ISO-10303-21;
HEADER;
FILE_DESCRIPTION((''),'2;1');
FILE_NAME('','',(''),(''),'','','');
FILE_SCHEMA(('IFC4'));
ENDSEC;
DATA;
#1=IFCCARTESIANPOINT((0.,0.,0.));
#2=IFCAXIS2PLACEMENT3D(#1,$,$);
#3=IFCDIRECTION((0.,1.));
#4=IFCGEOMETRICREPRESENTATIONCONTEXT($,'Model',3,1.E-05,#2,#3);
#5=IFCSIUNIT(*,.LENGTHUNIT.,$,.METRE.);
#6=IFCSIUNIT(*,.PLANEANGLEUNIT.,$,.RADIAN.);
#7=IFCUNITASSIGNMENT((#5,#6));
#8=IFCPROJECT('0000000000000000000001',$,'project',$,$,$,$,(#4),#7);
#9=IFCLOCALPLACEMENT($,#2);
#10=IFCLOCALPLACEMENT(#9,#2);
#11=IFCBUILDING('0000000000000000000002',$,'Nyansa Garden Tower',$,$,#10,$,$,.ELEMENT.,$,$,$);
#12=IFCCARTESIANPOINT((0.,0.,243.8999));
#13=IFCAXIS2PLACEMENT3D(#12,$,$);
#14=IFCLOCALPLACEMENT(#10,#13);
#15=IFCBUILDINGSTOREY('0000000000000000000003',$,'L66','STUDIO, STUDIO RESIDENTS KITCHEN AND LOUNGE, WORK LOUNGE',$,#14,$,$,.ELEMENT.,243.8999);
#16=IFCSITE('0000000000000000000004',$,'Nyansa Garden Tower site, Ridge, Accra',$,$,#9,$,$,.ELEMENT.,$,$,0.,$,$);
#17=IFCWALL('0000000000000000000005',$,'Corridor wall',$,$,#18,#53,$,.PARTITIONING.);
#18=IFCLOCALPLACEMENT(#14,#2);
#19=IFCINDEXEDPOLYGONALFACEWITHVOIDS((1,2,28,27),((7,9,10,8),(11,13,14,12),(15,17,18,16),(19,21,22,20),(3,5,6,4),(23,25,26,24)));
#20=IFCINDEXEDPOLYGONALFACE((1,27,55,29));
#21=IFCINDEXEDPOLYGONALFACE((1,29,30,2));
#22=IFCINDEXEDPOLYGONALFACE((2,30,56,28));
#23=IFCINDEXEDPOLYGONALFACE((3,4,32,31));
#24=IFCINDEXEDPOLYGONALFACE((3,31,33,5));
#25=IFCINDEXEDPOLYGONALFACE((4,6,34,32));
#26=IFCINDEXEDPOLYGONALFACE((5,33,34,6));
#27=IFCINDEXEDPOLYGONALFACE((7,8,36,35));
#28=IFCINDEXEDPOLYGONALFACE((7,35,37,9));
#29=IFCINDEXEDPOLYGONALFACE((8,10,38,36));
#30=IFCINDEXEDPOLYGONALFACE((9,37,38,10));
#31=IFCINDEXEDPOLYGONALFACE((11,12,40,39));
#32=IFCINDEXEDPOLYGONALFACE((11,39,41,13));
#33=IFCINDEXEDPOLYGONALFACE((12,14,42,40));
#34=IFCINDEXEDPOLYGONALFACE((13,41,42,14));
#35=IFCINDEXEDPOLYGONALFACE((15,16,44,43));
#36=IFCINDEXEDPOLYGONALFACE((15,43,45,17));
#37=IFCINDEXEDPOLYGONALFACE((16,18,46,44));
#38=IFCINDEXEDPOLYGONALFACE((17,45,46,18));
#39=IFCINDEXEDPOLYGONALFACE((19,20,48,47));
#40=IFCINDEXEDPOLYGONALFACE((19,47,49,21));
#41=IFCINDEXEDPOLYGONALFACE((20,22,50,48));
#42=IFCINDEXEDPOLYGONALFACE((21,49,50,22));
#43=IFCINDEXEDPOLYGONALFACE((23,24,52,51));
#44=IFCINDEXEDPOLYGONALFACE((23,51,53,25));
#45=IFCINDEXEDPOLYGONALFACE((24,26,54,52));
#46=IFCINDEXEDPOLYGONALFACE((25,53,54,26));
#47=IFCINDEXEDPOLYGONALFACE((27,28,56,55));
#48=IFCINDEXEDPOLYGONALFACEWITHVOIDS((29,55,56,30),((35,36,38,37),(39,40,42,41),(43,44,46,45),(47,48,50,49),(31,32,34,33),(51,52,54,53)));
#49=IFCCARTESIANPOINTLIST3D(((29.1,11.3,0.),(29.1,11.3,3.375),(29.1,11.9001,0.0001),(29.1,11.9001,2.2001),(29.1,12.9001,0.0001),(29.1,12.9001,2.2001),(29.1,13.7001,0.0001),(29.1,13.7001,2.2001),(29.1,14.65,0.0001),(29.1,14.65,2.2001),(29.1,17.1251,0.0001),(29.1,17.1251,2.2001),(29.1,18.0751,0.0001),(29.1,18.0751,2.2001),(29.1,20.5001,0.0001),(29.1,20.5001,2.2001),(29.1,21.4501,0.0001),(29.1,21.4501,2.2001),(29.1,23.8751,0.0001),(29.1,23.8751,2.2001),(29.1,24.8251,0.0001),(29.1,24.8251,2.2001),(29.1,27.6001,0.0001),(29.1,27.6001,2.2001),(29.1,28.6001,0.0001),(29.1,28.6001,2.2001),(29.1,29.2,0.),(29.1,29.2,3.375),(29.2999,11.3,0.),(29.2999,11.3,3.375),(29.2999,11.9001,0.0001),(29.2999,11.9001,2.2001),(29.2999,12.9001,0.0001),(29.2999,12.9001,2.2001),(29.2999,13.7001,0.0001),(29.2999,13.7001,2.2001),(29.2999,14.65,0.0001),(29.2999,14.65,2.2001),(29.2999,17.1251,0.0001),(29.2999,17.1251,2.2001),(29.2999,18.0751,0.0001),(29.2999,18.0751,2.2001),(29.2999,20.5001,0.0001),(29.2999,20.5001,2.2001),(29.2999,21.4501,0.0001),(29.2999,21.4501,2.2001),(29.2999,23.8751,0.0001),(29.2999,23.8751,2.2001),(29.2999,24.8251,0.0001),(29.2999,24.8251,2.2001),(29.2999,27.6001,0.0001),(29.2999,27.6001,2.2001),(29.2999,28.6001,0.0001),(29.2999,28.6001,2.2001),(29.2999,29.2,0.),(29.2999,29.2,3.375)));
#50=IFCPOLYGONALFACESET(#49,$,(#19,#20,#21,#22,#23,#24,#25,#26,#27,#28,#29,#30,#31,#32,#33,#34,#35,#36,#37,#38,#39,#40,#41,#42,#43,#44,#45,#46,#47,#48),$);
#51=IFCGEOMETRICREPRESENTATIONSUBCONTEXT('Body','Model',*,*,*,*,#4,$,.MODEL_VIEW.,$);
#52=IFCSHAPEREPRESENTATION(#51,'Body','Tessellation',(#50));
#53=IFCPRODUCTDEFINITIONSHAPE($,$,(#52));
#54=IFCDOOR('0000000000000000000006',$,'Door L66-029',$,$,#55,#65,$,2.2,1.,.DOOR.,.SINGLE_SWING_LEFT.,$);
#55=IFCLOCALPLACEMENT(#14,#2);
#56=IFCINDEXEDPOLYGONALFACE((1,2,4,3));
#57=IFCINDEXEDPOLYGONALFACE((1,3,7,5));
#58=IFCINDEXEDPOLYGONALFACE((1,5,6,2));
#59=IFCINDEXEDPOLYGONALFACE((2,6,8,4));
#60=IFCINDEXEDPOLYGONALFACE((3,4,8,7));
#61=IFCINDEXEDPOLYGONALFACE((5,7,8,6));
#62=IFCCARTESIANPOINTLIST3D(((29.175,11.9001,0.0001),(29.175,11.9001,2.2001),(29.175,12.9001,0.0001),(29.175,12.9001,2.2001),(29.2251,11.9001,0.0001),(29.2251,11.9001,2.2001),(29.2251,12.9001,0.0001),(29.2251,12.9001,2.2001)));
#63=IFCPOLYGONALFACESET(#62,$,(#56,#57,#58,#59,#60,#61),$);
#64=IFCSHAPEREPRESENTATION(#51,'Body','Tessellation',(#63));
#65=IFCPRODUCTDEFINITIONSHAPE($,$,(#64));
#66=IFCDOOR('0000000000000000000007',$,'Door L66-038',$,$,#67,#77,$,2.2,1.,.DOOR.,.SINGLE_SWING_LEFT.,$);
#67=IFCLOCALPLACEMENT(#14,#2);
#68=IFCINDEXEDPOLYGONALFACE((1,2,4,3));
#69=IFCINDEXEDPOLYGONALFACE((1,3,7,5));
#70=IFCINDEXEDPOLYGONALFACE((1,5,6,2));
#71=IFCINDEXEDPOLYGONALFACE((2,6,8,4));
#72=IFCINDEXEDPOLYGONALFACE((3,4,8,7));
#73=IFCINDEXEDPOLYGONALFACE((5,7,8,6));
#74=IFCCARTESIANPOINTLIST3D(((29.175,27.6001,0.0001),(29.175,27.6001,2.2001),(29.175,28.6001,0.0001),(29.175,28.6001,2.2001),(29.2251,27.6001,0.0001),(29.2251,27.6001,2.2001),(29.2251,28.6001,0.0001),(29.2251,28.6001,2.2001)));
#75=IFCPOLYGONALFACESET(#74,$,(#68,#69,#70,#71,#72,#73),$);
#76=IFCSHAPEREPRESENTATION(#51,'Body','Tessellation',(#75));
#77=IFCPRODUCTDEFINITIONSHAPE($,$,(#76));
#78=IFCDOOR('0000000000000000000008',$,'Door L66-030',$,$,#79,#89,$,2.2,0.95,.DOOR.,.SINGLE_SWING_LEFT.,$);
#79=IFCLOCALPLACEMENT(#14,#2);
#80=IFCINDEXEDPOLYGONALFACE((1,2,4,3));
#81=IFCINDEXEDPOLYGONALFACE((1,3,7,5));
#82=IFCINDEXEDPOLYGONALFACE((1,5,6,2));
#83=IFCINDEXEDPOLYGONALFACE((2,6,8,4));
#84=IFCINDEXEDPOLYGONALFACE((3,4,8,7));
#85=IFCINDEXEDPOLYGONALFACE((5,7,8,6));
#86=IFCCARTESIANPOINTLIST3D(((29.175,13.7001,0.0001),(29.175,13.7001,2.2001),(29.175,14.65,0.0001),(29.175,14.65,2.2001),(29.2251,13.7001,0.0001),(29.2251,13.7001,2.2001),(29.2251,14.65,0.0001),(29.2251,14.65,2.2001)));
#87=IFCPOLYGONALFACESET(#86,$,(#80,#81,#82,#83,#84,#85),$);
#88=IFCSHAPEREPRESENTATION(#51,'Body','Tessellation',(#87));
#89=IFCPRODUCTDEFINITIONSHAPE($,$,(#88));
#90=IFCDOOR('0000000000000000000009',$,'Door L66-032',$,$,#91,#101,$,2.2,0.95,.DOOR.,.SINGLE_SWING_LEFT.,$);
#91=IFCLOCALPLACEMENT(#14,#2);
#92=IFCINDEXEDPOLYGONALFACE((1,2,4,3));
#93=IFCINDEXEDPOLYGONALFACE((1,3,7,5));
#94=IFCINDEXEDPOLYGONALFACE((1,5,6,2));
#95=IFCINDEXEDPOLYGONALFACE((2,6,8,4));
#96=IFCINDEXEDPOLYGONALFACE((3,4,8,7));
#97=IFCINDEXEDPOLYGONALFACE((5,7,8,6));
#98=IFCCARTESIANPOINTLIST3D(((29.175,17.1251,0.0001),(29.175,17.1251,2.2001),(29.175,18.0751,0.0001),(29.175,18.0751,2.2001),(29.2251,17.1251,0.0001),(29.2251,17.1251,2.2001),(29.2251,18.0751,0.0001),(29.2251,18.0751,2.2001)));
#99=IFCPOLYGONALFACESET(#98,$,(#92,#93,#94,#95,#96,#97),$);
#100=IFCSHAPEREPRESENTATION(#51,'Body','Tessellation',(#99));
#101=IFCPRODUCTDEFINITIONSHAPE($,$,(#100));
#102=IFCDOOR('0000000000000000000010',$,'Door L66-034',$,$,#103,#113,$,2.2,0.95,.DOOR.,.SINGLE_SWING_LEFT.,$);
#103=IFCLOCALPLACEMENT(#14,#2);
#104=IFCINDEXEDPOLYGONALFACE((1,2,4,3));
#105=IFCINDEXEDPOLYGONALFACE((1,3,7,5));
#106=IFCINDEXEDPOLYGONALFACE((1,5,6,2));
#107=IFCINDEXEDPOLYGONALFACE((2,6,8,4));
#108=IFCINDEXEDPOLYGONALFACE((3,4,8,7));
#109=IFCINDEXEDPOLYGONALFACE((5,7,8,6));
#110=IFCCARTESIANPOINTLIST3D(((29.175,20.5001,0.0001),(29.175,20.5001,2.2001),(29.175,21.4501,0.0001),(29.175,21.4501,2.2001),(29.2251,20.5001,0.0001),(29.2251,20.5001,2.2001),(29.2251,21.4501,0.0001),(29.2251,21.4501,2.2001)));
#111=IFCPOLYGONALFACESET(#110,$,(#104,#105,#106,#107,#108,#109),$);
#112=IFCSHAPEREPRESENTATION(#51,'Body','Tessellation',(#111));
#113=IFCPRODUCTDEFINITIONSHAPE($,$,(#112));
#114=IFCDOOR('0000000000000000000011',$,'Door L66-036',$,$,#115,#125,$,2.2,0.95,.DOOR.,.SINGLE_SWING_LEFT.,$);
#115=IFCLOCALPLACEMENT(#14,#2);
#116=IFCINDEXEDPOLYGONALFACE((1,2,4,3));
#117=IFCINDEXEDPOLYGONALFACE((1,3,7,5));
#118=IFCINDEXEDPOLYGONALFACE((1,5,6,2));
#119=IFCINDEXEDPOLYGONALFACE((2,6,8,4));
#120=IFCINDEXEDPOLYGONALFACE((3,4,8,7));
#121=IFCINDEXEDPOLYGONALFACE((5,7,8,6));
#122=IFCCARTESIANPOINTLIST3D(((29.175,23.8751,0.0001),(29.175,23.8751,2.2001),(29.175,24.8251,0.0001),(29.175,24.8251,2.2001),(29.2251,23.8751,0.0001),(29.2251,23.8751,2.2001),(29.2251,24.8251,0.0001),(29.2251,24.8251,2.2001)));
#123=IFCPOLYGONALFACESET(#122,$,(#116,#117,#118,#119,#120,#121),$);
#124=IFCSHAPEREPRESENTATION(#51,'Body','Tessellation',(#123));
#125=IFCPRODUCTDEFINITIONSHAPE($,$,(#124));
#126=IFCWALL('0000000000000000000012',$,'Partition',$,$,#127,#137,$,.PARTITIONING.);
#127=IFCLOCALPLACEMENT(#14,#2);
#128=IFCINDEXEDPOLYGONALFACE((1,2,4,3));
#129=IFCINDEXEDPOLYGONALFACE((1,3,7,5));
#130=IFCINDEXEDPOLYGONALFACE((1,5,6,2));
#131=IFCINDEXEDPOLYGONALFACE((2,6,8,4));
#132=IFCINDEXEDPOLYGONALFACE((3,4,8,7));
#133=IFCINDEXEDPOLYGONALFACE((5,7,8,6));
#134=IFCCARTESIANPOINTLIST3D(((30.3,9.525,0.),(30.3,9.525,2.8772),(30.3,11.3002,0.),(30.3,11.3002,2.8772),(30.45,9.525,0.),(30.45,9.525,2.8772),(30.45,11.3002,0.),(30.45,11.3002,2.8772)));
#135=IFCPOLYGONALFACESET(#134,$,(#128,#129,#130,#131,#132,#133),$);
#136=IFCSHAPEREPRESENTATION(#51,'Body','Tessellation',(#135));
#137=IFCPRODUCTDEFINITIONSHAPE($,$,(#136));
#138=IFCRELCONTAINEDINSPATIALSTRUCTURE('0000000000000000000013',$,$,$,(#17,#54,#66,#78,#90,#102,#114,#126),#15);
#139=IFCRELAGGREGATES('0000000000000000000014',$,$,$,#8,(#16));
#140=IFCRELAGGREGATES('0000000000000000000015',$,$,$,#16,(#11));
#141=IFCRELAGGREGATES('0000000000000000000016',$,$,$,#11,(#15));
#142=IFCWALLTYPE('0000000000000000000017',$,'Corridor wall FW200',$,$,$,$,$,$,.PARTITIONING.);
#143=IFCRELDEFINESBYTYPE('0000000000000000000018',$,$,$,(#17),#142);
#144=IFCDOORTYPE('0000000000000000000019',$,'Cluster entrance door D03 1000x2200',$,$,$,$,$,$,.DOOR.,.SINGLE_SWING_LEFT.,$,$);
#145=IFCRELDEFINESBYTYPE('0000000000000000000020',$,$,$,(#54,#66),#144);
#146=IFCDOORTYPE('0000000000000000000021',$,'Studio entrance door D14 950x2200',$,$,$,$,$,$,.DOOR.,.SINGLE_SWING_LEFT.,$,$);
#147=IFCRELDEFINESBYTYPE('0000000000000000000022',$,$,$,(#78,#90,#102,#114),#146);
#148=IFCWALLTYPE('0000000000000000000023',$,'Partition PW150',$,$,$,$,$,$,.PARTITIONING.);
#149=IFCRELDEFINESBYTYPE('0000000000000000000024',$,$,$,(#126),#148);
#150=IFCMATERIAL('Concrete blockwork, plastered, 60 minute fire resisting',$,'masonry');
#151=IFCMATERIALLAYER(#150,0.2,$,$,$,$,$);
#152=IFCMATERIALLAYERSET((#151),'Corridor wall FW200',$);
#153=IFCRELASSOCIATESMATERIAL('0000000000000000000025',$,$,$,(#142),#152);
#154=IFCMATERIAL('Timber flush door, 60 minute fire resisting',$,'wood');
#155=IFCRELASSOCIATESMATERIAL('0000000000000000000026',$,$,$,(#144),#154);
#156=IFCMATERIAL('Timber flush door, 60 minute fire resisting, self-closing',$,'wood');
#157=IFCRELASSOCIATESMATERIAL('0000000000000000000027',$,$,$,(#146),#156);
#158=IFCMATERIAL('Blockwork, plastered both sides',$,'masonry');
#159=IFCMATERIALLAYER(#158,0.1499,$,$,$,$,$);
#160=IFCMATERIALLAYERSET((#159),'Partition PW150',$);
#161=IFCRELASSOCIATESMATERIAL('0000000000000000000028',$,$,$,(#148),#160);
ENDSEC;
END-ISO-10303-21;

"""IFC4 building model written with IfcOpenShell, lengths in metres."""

from ifc_helpers import new_model, si_unit, direction, frame, frame_2d, origin, place, context, subcontext, project, spatial, rectangle, extrude, material, layer, layer_set, type_object, element, fill, save


model = new_model("IFC4")

# Units and contexts
model_context = context("Model", 3, precision=1e-05, world=origin(), true_north=direction((0.0, 1.0)))
body_context = subcontext(model_context, "Body", "Model", "MODEL_VIEW")
ifc_project = project(units=[si_unit("LENGTHUNIT", "METRE"), si_unit("PLANEANGLEUNIT", "RADIAN")], contexts=[model_context])

# Site, building, storey
site_placement = place(None, origin())
site = spatial("IfcSite", under=ifc_project, at=site_placement, Name="Nyansa Garden Tower site, Ridge, Accra", CompositionType="ELEMENT", RefElevation=0.0)
building_placement = place(site_placement, origin())
building = spatial("IfcBuilding", under=site, at=building_placement, Name="Nyansa Garden Tower", CompositionType="ELEMENT")
storey_placement = place(building_placement, frame((0.0, 0.0, 243.8999)))
storey = spatial("IfcBuildingStorey", under=building, at=storey_placement, Name="L66", Description="STUDIO, STUDIO RESIDENTS KITCHEN AND LOUNGE, WORK LOUNGE", CompositionType="ELEMENT", Elevation=243.8999)

# Wall, openings, doors
ifc_material_1 = material(Name="Concrete blockwork, plastered, 60 minute fire resisting", Category="masonry")
ifc_layer_1 = layer(ifc_material_1, 0.2)
ifc_layer_set_1 = layer_set([ifc_layer_1], Name="Corridor wall FW200")
wall_type_1 = type_object("IfcWallType", Name="Corridor wall FW200", PredefinedType="PARTITIONING", material=ifc_layer_set_1)
wall_1_placement = place(storey_placement, frame((29.2, 11.3, 0.0), z_axis=(0.0, 0.0, 1.0), x_axis=(0.0, 1.0, 0.0)))
wall_1 = element("IfcWall", 1, at=wall_1_placement, inside=storey, type_object=wall_type_1, Name="Corridor wall", PredefinedType="PARTITIONING", context=body_context, shape_type="SweptSolid", body=[
    extrude(rectangle(XDim=17.8999, YDim=0.2, at=frame_2d((8.95, 0.0))), origin(), (0.0, 0.0, 1.0), 3.375),
])
opening_1_placement = place(wall_1_placement, frame((0.6001, 0.0, 0.0)))
opening_1 = element("IfcOpeningElement", 2, at=opening_1_placement, cuts=wall_1, PredefinedType="OPENING", context=body_context, shape_type="SweptSolid", body=[
    extrude(rectangle(XDim=1.0, YDim=2.2, at=frame_2d((0.5, 1.1001))), frame((0.0, 0.1099, 0.0), z_axis=(0.0, -1.0, 0.0), x_axis=(1.0, 0.0, 0.0)), (0.0, 0.0, 1.0), 0.22),
])
opening_2_placement = place(wall_1_placement, frame((2.3999, 0.0, 0.0)))
opening_2 = element("IfcOpeningElement", 3, at=opening_2_placement, cuts=wall_1, PredefinedType="OPENING", context=body_context, shape_type="SweptSolid", body=[
    extrude(rectangle(XDim=0.95, YDim=2.2, at=frame_2d((0.4751, 1.1001))), frame((0.0, 0.1099, 0.0), z_axis=(0.0, -1.0, 0.0), x_axis=(1.0, 0.0, 0.0)), (0.0, 0.0, 1.0), 0.22),
])
opening_3_placement = place(wall_1_placement, frame((5.825, 0.0, 0.0)))
opening_3 = element("IfcOpeningElement", 4, at=opening_3_placement, cuts=wall_1, PredefinedType="OPENING", context=body_context, shape_type="SweptSolid", body=[
    extrude(rectangle(XDim=0.95, YDim=2.2, at=frame_2d((0.4751, 1.1001))), frame((0.0, 0.1099, 0.0), z_axis=(0.0, -1.0, 0.0), x_axis=(1.0, 0.0, 0.0)), (0.0, 0.0, 1.0), 0.22),
])
opening_4_placement = place(wall_1_placement, frame((9.2, 0.0, 0.0)))
opening_4 = element("IfcOpeningElement", 5, at=opening_4_placement, cuts=wall_1, PredefinedType="OPENING", context=body_context, shape_type="SweptSolid", body=[
    extrude(rectangle(XDim=0.95, YDim=2.2, at=frame_2d((0.4751, 1.1001))), frame((0.0, 0.1099, 0.0), z_axis=(0.0, -1.0, 0.0), x_axis=(1.0, 0.0, 0.0)), (0.0, 0.0, 1.0), 0.22),
])
opening_5_placement = place(wall_1_placement, frame((12.575, 0.0, 0.0)))
opening_5 = element("IfcOpeningElement", 6, at=opening_5_placement, cuts=wall_1, PredefinedType="OPENING", context=body_context, shape_type="SweptSolid", body=[
    extrude(rectangle(XDim=0.95, YDim=2.2, at=frame_2d((0.4751, 1.1001))), frame((0.0, 0.1099, 0.0), z_axis=(0.0, -1.0, 0.0), x_axis=(1.0, 0.0, 0.0)), (0.0, 0.0, 1.0), 0.22),
])
opening_6_placement = place(wall_1_placement, frame((16.3, 0.0, 0.0)))
opening_6 = element("IfcOpeningElement", 7, at=opening_6_placement, cuts=wall_1, PredefinedType="OPENING", context=body_context, shape_type="SweptSolid", body=[
    extrude(rectangle(XDim=1.0, YDim=2.2, at=frame_2d((0.5, 1.1001))), frame((0.0, 0.1099, 0.0), z_axis=(0.0, -1.0, 0.0), x_axis=(1.0, 0.0, 0.0)), (0.0, 0.0, 1.0), 0.22),
])
ifc_material_2 = material(Name="Timber flush door, 60 minute fire resisting", Category="wood")
door_type_1 = type_object("IfcDoorType", Name="Cluster entrance door D03 1000x2200", OperationType="SINGLE_SWING_LEFT", PredefinedType="DOOR", material=ifc_material_2)
door_1_placement = place(opening_1_placement, origin())
door_1 = element("IfcDoor", 8, at=door_1_placement, inside=storey, type_object=door_type_1, Name="Door L66-029", OperationType="SINGLE_SWING_LEFT", OverallHeight=2.2, OverallWidth=1.0, PredefinedType="DOOR", context=body_context, shape_type="SweptSolid", body=[
    extrude(rectangle(XDim=1.0, YDim=2.2, at=frame_2d((0.5, 1.1001))), frame((0.0, 0.0249, 0.0), z_axis=(0.0, -1.0, 0.0), x_axis=(1.0, 0.0, 0.0)), (0.0, 0.0, 1.0), 0.05),
])
fill(opening_1, door_1)
door_2_placement = place(opening_6_placement, origin())
door_2 = element("IfcDoor", 9, at=door_2_placement, inside=storey, type_object=door_type_1, Name="Door L66-038", OperationType="SINGLE_SWING_LEFT", OverallHeight=2.2, OverallWidth=1.0, PredefinedType="DOOR", context=body_context, shape_type="SweptSolid", body=[
    extrude(rectangle(XDim=1.0, YDim=2.2, at=frame_2d((0.5, 1.1001))), frame((0.0, 0.0249, 0.0), z_axis=(0.0, -1.0, 0.0), x_axis=(1.0, 0.0, 0.0)), (0.0, 0.0, 1.0), 0.05),
])
fill(opening_6, door_2)
ifc_material_3 = material(Name="Timber flush door, 60 minute fire resisting, self-closing", Category="wood")
door_type_2 = type_object("IfcDoorType", Name="Studio entrance door D14 950x2200", OperationType="SINGLE_SWING_LEFT", PredefinedType="DOOR", material=ifc_material_3)
door_3_placement = place(opening_2_placement, origin())
door_3 = element("IfcDoor", 10, at=door_3_placement, inside=storey, type_object=door_type_2, Name="Door L66-030", OperationType="SINGLE_SWING_LEFT", OverallHeight=2.2, OverallWidth=0.95, PredefinedType="DOOR", context=body_context, shape_type="SweptSolid", body=[
    extrude(rectangle(XDim=0.95, YDim=2.2, at=frame_2d((0.4751, 1.1001))), frame((0.0, 0.0249, 0.0), z_axis=(0.0, -1.0, 0.0), x_axis=(1.0, 0.0, 0.0)), (0.0, 0.0, 1.0), 0.05),
])
fill(opening_2, door_3)
door_4_placement = place(opening_3_placement, origin())
door_4 = element("IfcDoor", 11, at=door_4_placement, inside=storey, type_object=door_type_2, Name="Door L66-032", OperationType="SINGLE_SWING_LEFT", OverallHeight=2.2, OverallWidth=0.95, PredefinedType="DOOR", context=body_context, shape_type="SweptSolid", body=[
    extrude(rectangle(XDim=0.95, YDim=2.2, at=frame_2d((0.4751, 1.1001))), frame((0.0, 0.0249, 0.0), z_axis=(0.0, -1.0, 0.0), x_axis=(1.0, 0.0, 0.0)), (0.0, 0.0, 1.0), 0.05),
])
fill(opening_3, door_4)
door_5_placement = place(opening_4_placement, origin())
door_5 = element("IfcDoor", 12, at=door_5_placement, inside=storey, type_object=door_type_2, Name="Door L66-034", OperationType="SINGLE_SWING_LEFT", OverallHeight=2.2, OverallWidth=0.95, PredefinedType="DOOR", context=body_context, shape_type="SweptSolid", body=[
    extrude(rectangle(XDim=0.95, YDim=2.2, at=frame_2d((0.4751, 1.1001))), frame((0.0, 0.0249, 0.0), z_axis=(0.0, -1.0, 0.0), x_axis=(1.0, 0.0, 0.0)), (0.0, 0.0, 1.0), 0.05),
])
fill(opening_4, door_5)
door_6_placement = place(opening_5_placement, origin())
door_6 = element("IfcDoor", 13, at=door_6_placement, inside=storey, type_object=door_type_2, Name="Door L66-036", OperationType="SINGLE_SWING_LEFT", OverallHeight=2.2, OverallWidth=0.95, PredefinedType="DOOR", context=body_context, shape_type="SweptSolid", body=[
    extrude(rectangle(XDim=0.95, YDim=2.2, at=frame_2d((0.4751, 1.1001))), frame((0.0, 0.0249, 0.0), z_axis=(0.0, -1.0, 0.0), x_axis=(1.0, 0.0, 0.0)), (0.0, 0.0, 1.0), 0.05),
])
fill(opening_5, door_6)

# Wall
ifc_material_4 = material(Name="Blockwork, plastered both sides", Category="masonry")
ifc_layer_2 = layer(ifc_material_4, 0.1499)
ifc_layer_set_2 = layer_set([ifc_layer_2], Name="Partition PW150")
wall_type_2 = type_object("IfcWallType", Name="Partition PW150", PredefinedType="PARTITIONING", material=ifc_layer_set_2)
wall_2_placement = place(storey_placement, frame((30.375, 9.5249, 0.0), z_axis=(0.0, 0.0, 1.0), x_axis=(0.0, 1.0, 0.0)))
element("IfcWall", 14, at=wall_2_placement, inside=storey, type_object=wall_type_2, Name="Partition", PredefinedType="PARTITIONING", context=body_context, shape_type="SweptSolid", body=[
    extrude(rectangle(XDim=1.7751, YDim=0.1499, at=frame_2d((0.8877, 0.0))), origin(), (0.0, 0.0, 1.0), 2.8772),
])

save(model, "model.ifc")
